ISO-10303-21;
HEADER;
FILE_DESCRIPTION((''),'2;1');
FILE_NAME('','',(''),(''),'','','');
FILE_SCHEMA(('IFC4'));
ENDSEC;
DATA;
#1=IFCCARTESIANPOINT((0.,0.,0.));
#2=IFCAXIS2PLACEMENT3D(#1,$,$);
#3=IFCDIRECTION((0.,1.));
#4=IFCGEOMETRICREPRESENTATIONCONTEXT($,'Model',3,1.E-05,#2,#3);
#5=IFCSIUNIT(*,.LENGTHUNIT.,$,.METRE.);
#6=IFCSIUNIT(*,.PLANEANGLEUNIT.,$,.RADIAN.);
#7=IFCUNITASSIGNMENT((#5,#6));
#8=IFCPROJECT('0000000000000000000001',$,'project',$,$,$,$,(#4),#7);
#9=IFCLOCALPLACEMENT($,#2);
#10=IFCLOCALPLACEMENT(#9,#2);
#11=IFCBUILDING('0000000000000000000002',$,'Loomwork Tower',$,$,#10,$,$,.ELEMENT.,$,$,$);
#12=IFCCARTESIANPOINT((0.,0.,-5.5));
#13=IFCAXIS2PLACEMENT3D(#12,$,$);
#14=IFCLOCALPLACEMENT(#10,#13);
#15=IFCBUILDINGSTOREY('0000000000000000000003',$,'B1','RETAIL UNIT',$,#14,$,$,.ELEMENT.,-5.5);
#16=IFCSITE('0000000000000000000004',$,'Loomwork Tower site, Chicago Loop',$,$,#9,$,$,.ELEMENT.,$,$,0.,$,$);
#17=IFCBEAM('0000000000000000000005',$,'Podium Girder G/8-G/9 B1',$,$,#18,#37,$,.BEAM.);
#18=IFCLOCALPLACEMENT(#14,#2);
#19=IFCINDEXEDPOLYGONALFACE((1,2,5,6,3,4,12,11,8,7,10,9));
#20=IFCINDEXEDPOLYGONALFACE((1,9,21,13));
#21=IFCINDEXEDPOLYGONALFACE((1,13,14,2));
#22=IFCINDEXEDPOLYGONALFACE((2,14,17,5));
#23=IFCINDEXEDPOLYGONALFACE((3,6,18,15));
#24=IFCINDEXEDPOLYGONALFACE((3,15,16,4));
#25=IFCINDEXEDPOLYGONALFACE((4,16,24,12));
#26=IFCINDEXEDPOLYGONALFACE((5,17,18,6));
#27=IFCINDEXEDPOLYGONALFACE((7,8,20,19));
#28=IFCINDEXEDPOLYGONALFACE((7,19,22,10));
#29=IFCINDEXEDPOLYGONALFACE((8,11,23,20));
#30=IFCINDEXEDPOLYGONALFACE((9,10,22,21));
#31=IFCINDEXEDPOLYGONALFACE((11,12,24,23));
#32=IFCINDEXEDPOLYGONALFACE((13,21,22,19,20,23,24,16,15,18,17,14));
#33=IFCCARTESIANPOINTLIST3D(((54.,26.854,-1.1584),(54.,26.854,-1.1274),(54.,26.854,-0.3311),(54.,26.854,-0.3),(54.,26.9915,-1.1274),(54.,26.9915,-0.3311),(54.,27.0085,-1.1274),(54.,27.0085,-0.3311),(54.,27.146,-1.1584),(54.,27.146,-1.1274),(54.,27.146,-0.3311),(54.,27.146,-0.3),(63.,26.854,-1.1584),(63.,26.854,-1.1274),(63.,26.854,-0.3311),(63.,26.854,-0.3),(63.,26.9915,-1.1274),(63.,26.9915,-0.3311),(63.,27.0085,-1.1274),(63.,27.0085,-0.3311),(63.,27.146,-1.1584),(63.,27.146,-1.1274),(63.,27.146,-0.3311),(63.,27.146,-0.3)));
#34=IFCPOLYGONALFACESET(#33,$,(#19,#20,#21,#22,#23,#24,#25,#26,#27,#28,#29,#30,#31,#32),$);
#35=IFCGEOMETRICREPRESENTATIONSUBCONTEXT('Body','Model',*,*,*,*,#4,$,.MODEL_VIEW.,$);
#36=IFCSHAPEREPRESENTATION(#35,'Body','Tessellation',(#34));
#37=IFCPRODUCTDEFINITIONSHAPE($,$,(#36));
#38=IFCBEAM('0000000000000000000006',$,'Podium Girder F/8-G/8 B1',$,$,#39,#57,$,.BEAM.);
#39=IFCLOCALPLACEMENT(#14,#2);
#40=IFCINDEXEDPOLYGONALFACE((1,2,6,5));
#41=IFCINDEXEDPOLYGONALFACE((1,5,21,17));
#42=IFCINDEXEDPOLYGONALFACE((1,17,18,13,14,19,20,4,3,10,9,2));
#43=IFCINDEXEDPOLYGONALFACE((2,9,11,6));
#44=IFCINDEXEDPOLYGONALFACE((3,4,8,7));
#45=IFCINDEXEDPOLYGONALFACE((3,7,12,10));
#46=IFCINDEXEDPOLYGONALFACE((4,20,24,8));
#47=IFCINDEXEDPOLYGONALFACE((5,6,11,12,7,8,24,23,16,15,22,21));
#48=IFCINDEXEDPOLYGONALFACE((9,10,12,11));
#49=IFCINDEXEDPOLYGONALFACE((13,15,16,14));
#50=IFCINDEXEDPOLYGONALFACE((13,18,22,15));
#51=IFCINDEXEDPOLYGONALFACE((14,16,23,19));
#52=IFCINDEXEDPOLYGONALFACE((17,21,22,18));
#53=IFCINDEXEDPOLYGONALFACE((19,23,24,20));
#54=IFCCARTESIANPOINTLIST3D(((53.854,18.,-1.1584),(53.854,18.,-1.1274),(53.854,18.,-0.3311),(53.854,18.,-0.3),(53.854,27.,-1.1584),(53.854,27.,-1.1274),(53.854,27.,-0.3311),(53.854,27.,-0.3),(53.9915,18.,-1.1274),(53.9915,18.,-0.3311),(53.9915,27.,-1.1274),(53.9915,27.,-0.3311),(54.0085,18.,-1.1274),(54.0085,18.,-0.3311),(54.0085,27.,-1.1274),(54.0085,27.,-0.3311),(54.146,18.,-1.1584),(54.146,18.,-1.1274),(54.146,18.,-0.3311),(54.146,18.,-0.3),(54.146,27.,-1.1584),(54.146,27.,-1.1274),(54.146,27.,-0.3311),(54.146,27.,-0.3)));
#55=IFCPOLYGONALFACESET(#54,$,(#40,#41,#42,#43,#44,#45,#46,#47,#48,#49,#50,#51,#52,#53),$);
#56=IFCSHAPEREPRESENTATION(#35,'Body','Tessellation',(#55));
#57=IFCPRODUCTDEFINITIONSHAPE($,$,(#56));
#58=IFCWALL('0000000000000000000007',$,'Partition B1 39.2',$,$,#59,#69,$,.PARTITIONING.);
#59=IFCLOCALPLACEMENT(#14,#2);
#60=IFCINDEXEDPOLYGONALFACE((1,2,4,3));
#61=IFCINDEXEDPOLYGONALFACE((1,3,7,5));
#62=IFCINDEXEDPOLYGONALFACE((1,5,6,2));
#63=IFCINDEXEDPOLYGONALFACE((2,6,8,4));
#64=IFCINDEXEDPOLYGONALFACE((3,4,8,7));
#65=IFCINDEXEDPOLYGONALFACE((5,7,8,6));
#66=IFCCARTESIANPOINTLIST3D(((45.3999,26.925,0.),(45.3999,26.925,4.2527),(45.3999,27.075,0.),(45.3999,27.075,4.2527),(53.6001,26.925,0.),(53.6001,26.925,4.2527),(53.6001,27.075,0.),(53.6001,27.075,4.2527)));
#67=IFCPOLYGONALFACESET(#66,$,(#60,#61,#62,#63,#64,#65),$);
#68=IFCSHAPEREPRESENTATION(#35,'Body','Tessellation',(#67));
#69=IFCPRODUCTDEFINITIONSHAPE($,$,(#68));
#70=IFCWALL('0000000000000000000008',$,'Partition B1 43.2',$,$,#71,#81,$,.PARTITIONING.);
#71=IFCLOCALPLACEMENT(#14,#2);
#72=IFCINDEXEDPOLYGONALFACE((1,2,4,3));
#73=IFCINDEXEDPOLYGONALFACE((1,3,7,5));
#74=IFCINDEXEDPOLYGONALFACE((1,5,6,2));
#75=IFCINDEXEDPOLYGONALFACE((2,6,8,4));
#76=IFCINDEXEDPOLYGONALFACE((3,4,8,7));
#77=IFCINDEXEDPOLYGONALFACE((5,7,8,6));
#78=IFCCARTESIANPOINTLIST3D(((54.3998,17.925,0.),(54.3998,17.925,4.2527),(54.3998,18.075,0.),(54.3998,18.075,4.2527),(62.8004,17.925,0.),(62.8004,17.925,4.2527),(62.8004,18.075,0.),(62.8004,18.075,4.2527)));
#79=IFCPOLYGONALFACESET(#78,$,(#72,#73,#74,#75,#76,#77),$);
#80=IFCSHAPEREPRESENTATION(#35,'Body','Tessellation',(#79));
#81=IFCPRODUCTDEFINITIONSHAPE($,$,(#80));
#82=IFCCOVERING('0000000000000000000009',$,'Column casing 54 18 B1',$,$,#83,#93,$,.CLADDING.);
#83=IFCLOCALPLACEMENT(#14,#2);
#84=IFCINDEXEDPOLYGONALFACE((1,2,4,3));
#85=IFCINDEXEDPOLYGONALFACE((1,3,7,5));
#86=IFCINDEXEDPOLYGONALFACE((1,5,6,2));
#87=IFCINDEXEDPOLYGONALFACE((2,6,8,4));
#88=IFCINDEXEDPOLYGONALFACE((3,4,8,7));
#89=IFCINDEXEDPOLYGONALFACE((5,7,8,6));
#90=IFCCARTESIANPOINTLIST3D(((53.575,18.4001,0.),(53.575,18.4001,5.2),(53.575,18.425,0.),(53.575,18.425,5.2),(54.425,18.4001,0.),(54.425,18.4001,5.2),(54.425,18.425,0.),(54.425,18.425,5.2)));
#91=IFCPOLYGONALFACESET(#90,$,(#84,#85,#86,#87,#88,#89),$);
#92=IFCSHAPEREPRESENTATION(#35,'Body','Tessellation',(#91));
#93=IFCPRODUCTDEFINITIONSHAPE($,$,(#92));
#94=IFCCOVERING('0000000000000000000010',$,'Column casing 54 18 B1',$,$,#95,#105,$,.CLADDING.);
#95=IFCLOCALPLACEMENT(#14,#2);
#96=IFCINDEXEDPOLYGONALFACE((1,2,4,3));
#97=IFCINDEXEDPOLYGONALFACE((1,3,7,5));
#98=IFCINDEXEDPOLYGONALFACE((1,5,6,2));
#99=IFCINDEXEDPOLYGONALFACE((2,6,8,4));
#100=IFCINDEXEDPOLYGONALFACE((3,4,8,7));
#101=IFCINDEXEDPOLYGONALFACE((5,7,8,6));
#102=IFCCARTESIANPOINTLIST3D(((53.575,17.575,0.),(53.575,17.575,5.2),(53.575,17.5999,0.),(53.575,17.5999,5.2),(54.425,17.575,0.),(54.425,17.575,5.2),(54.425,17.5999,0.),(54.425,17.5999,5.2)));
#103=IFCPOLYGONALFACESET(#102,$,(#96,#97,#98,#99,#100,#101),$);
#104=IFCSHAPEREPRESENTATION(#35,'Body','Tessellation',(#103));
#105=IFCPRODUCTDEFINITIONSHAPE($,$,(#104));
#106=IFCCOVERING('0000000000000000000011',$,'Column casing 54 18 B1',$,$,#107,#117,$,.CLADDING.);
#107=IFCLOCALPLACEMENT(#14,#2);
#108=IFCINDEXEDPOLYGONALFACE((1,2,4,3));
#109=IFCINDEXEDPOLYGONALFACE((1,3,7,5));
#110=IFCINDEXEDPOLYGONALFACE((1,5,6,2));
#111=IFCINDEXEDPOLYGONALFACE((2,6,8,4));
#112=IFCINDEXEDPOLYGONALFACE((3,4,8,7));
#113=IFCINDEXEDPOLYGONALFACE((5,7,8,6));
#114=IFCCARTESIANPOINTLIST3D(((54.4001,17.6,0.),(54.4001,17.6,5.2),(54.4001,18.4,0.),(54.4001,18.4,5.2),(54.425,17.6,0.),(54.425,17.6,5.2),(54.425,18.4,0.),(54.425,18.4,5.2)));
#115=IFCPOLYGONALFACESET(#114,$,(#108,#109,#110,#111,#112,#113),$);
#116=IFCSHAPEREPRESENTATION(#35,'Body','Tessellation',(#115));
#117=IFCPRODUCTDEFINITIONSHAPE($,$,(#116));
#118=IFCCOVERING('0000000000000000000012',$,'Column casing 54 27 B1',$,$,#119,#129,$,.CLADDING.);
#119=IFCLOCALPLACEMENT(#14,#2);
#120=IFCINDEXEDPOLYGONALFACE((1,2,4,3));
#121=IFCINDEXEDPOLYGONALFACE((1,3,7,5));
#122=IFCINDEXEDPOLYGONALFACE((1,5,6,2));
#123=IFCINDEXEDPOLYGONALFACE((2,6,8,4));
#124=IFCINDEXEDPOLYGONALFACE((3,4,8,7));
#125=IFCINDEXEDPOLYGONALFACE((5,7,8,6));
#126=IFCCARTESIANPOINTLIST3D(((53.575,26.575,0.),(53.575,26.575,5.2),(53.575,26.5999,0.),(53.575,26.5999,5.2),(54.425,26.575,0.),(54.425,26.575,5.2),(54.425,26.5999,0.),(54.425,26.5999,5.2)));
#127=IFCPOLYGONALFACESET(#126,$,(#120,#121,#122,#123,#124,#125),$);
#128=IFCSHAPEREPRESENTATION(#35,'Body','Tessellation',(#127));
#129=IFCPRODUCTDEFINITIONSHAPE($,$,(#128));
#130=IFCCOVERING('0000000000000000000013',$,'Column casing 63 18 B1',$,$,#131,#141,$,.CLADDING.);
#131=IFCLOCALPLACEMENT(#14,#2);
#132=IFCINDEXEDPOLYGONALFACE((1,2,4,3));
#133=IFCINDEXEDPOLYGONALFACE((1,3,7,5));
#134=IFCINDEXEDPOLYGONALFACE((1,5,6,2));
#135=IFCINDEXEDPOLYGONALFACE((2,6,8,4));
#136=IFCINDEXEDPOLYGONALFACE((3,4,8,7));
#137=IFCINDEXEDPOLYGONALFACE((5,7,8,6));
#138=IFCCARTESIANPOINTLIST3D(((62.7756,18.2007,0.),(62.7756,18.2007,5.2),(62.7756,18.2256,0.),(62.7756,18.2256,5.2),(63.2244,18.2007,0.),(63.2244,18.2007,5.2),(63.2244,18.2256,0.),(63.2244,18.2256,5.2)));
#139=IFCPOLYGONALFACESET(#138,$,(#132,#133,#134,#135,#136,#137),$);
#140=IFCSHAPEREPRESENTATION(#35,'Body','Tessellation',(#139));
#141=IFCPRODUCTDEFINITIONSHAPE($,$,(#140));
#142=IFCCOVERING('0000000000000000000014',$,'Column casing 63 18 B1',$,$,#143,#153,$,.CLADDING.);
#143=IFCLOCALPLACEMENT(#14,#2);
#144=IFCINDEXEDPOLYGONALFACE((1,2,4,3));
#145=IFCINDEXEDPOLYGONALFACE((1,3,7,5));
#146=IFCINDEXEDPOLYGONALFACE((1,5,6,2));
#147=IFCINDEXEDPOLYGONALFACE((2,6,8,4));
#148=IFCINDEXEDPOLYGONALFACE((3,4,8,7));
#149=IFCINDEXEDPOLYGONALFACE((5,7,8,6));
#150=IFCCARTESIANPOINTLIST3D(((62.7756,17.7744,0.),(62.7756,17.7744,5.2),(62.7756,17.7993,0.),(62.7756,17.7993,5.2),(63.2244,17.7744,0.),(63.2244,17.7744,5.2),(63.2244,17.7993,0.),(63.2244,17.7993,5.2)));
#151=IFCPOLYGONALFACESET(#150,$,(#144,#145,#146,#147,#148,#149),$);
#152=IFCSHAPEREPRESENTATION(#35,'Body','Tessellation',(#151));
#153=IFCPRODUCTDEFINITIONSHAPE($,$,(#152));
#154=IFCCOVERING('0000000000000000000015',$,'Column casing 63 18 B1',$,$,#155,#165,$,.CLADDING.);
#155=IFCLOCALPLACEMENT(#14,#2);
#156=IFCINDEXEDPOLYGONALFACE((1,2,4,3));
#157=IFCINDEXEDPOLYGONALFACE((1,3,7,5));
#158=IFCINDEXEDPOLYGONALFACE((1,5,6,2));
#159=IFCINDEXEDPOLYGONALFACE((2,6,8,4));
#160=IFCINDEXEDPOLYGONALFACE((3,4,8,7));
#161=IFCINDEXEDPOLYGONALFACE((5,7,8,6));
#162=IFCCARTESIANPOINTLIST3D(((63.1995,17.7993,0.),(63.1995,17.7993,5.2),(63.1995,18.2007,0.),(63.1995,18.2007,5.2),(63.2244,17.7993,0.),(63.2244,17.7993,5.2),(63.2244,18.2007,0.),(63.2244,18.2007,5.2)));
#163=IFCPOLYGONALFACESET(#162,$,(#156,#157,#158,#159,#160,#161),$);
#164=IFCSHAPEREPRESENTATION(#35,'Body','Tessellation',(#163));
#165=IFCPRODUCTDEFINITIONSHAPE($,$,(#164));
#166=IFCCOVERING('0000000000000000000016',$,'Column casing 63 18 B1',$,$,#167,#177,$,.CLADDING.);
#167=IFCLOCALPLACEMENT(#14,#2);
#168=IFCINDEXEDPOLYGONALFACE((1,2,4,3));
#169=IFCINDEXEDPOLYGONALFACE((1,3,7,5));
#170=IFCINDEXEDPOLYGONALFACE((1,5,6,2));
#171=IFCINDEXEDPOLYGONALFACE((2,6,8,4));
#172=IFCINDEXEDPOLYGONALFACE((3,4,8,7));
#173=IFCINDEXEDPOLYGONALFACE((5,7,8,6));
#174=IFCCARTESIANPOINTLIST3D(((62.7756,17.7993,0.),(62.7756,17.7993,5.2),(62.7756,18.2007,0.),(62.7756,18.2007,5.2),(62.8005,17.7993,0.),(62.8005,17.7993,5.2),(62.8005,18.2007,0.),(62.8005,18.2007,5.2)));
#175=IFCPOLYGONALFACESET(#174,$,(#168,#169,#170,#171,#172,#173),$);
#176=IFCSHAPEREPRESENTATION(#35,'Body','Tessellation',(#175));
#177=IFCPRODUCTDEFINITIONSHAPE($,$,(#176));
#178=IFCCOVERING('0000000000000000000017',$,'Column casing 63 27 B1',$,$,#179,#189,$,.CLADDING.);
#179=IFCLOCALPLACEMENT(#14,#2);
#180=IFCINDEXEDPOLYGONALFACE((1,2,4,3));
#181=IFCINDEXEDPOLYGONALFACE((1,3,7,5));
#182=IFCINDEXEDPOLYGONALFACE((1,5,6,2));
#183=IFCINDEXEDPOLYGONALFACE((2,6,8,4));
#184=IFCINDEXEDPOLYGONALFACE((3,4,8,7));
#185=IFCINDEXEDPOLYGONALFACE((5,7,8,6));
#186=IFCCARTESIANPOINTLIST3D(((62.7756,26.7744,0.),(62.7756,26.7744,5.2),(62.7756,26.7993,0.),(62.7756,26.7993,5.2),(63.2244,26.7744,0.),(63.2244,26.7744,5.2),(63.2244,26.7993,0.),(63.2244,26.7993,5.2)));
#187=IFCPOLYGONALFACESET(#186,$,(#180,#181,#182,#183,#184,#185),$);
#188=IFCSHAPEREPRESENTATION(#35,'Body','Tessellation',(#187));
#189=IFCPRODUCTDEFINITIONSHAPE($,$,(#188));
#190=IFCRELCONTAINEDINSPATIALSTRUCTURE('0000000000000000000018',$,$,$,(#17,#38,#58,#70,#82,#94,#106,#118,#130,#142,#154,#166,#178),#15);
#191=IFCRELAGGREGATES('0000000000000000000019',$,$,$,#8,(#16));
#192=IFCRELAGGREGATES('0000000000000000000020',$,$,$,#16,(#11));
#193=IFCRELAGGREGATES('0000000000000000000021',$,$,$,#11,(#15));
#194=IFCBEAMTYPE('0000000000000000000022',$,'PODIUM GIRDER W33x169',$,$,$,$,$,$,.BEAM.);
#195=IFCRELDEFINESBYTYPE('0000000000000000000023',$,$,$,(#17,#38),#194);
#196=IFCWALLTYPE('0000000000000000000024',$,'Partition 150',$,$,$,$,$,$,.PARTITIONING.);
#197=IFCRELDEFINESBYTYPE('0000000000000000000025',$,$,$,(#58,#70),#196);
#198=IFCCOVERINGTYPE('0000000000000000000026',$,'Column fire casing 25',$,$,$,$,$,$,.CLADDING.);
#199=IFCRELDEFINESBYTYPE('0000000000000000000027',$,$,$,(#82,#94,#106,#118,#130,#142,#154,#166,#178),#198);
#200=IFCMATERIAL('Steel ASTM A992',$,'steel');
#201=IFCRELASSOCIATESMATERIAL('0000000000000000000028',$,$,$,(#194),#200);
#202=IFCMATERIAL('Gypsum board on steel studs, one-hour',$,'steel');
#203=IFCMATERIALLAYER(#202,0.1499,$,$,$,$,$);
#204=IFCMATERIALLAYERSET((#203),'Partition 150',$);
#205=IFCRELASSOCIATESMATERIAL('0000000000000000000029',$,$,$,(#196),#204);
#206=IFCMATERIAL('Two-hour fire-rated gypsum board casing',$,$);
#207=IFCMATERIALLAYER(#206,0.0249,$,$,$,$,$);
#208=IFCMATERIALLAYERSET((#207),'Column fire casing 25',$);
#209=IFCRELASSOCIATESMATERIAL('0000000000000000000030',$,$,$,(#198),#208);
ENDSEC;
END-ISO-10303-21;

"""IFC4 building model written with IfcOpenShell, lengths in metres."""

from ifc_helpers import new_model, si_unit, direction, frame, frame_2d, origin, origin_2d, place, context, subcontext, project, spatial, rectangle, i_section, extrude, material, layer, layer_set, material_profile, profile_set, type_object, element, save


model = new_model("IFC4")

# Units and contexts
model_context = context("Model", 3, precision=1e-05, world=origin(), true_north=direction((0.0, 1.0)))
body_context = subcontext(model_context, "Body", "Model", "MODEL_VIEW")
ifc_project = project(units=[si_unit("LENGTHUNIT", "METRE"), si_unit("PLANEANGLEUNIT", "RADIAN")], contexts=[model_context])

# Site, building, storey
site_placement = place(None, origin())
site = spatial("IfcSite", under=ifc_project, at=site_placement, Name="Loomwork Tower site, Chicago Loop", CompositionType="ELEMENT", RefElevation=0.0)
building_placement = place(site_placement, origin())
building = spatial("IfcBuilding", under=site, at=building_placement, Name="Loomwork Tower", CompositionType="ELEMENT")
storey_placement = place(building_placement, frame((0.0, 0.0, -5.5)))
storey = spatial("IfcBuildingStorey", under=building, at=storey_placement, Name="B1", Description="RETAIL UNIT", CompositionType="ELEMENT", Elevation=-5.5)

# Beams
ifc_material_1 = material(Name="Steel ASTM A992", Category="steel")
ifc_material_profile_1 = material_profile(ifc_material_1, i_section(OverallWidth=0.292, OverallDepth=0.8584, WebThickness=0.0171, FlangeThickness=0.031, at=origin_2d()), Name="W33x169")
ifc_profile_set_1 = profile_set([ifc_material_profile_1], Name="Steel ASTM A992")
beam_type_1 = type_object("IfcBeamType", Name="PODIUM GIRDER W33x169", PredefinedType="BEAM", material=ifc_profile_set_1)
for number, where, z_axis, x_axis, name in (
    (1, (54.0, 27.0, -0.7292), (1.0, 0.0, 0.0), (0.0, 1.0, 0.0), "Podium Girder G/8-G/9 B1"),
    (2, (54.0, 18.0, -0.7292), (0.0, 1.0, 0.0), (-1.0, 0.0, 0.0), "Podium Girder F/8-G/8 B1"),
):
    element("IfcBeam", number, at=place(storey_placement, frame(where, z_axis=z_axis, x_axis=x_axis)), inside=storey, type_object=beam_type_1, Name=name, PredefinedType="BEAM", context=body_context, shape_type="SweptSolid", body=[
        extrude(i_section(OverallWidth=0.292, OverallDepth=0.8584, WebThickness=0.0171, FlangeThickness=0.031, at=origin_2d()), origin(), (0.0, 0.0, 1.0), 9.0),
    ])

# Walls
ifc_material_2 = material(Name="Gypsum board on steel studs, one-hour", Category="steel")
ifc_layer_1 = layer(ifc_material_2, 0.1499)
ifc_layer_set_1 = layer_set([ifc_layer_1], Name="Partition 150")
wall_type = type_object("IfcWallType", Name="Partition 150", PredefinedType="PARTITIONING", material=ifc_layer_set_1)
wall_1_placement = place(storey_placement, frame((53.6001, 27.0, 0.0), z_axis=(0.0, 0.0, 1.0), x_axis=(-1.0, 0.0, 0.0)))
element("IfcWall", 3, at=wall_1_placement, inside=storey, type_object=wall_type, Name="Partition B1 39.2", PredefinedType="PARTITIONING", context=body_context, shape_type="SweptSolid", body=[
    extrude(rectangle(XDim=8.2002, YDim=0.1499, at=frame_2d((4.1001, 0.0))), origin(), (0.0, 0.0, 1.0), 4.2527),
])
wall_2_placement = place(storey_placement, frame((54.3999, 18.0, 0.0), z_axis=(0.0, 0.0, 1.0), x_axis=(1.0, 0.0, 0.0)))
element("IfcWall", 4, at=wall_2_placement, inside=storey, type_object=wall_type, Name="Partition B1 43.2", PredefinedType="PARTITIONING", context=body_context, shape_type="SweptSolid", body=[
    extrude(rectangle(XDim=8.4006, YDim=0.1499, at=frame_2d((4.2002, 0.0))), origin(), (0.0, 0.0, 1.0), 4.2527),
])

# Coverings
ifc_material_3 = material(Name="Two-hour fire-rated gypsum board casing")
ifc_layer_2 = layer(ifc_material_3, 0.0249)
ifc_layer_set_2 = layer_set([ifc_layer_2], Name="Column fire casing 25")
covering_type = type_object("IfcCoveringType", Name="Column fire casing 25", PredefinedType="CLADDING", material=ifc_layer_set_2)
for number, where, z_axis, x_axis, name in (
    (5, (54.0, 18.4126, 0.0), (0.0, 0.0, 1.0), (1.0, 0.0, 0.0), "Column casing 54 18 B1"),
    (6, (54.0, 17.5874, 0.0), (0.0, 0.0, 1.0), (1.0, 0.0, 0.0), "Column casing 54 18 B1"),
):
    element("IfcCovering", number, at=place(storey_placement, frame(where, z_axis=z_axis, x_axis=x_axis)), inside=storey, type_object=covering_type, Name=name, PredefinedType="CLADDING", context=body_context, shape_type="SweptSolid", body=[
        extrude(rectangle(XDim=0.8501, YDim=0.0249, at=origin_2d()), origin(), (0.0, 0.0, 1.0), 5.2),
    ])
covering_1_placement = place(storey_placement, frame((54.4126, 18.0, 0.0), z_axis=(0.0, 0.0, 1.0), x_axis=(1.0, 0.0, 0.0)))
element("IfcCovering", 7, at=covering_1_placement, inside=storey, type_object=covering_type, Name="Column casing 54 18 B1", PredefinedType="CLADDING", context=body_context, shape_type="SweptSolid", body=[
    extrude(rectangle(XDim=0.0249, YDim=0.8, at=origin_2d()), origin(), (0.0, 0.0, 1.0), 5.2),
])
covering_2_placement = place(storey_placement, frame((54.0, 26.5874, 0.0), z_axis=(0.0, 0.0, 1.0), x_axis=(1.0, 0.0, 0.0)))
element("IfcCovering", 8, at=covering_2_placement, inside=storey, type_object=covering_type, Name="Column casing 54 27 B1", PredefinedType="CLADDING", context=body_context, shape_type="SweptSolid", body=[
    extrude(rectangle(XDim=0.8501, YDim=0.0249, at=origin_2d()), origin(), (0.0, 0.0, 1.0), 5.2),
])
for number, where, z_axis, x_axis, name in (
    (9, (63.0, 18.2131, 0.0), (0.0, 0.0, 1.0), (1.0, 0.0, 0.0), "Column casing 63 18 B1"),
    (10, (63.0, 17.7869, 0.0), (0.0, 0.0, 1.0), (1.0, 0.0, 0.0), "Column casing 63 18 B1"),
):
    element("IfcCovering", number, at=place(storey_placement, frame(where, z_axis=z_axis, x_axis=x_axis)), inside=storey, type_object=covering_type, Name=name, PredefinedType="CLADDING", context=body_context, shape_type="SweptSolid", body=[
        extrude(rectangle(XDim=0.4487, YDim=0.0249, at=origin_2d()), origin(), (0.0, 0.0, 1.0), 5.2),
    ])
for number, where, z_axis, x_axis, name in (
    (11, (63.2119, 18.0, 0.0), (0.0, 0.0, 1.0), (1.0, 0.0, 0.0), "Column casing 63 18 B1"),
    (12, (62.7881, 18.0, 0.0), (0.0, 0.0, 1.0), (1.0, 0.0, 0.0), "Column casing 63 18 B1"),
):
    element("IfcCovering", number, at=place(storey_placement, frame(where, z_axis=z_axis, x_axis=x_axis)), inside=storey, type_object=covering_type, Name=name, PredefinedType="CLADDING", context=body_context, shape_type="SweptSolid", body=[
        extrude(rectangle(XDim=0.0249, YDim=0.4014, at=origin_2d()), origin(), (0.0, 0.0, 1.0), 5.2),
    ])
covering_3_placement = place(storey_placement, frame((63.0, 26.7869, 0.0), z_axis=(0.0, 0.0, 1.0), x_axis=(1.0, 0.0, 0.0)))
element("IfcCovering", 13, at=covering_3_placement, inside=storey, type_object=covering_type, Name="Column casing 63 27 B1", PredefinedType="CLADDING", context=body_context, shape_type="SweptSolid", body=[
    extrude(rectangle(XDim=0.4487, YDim=0.0249, at=origin_2d()), origin(), (0.0, 0.0, 1.0), 5.2),
])

save(model, "model.ifc")
